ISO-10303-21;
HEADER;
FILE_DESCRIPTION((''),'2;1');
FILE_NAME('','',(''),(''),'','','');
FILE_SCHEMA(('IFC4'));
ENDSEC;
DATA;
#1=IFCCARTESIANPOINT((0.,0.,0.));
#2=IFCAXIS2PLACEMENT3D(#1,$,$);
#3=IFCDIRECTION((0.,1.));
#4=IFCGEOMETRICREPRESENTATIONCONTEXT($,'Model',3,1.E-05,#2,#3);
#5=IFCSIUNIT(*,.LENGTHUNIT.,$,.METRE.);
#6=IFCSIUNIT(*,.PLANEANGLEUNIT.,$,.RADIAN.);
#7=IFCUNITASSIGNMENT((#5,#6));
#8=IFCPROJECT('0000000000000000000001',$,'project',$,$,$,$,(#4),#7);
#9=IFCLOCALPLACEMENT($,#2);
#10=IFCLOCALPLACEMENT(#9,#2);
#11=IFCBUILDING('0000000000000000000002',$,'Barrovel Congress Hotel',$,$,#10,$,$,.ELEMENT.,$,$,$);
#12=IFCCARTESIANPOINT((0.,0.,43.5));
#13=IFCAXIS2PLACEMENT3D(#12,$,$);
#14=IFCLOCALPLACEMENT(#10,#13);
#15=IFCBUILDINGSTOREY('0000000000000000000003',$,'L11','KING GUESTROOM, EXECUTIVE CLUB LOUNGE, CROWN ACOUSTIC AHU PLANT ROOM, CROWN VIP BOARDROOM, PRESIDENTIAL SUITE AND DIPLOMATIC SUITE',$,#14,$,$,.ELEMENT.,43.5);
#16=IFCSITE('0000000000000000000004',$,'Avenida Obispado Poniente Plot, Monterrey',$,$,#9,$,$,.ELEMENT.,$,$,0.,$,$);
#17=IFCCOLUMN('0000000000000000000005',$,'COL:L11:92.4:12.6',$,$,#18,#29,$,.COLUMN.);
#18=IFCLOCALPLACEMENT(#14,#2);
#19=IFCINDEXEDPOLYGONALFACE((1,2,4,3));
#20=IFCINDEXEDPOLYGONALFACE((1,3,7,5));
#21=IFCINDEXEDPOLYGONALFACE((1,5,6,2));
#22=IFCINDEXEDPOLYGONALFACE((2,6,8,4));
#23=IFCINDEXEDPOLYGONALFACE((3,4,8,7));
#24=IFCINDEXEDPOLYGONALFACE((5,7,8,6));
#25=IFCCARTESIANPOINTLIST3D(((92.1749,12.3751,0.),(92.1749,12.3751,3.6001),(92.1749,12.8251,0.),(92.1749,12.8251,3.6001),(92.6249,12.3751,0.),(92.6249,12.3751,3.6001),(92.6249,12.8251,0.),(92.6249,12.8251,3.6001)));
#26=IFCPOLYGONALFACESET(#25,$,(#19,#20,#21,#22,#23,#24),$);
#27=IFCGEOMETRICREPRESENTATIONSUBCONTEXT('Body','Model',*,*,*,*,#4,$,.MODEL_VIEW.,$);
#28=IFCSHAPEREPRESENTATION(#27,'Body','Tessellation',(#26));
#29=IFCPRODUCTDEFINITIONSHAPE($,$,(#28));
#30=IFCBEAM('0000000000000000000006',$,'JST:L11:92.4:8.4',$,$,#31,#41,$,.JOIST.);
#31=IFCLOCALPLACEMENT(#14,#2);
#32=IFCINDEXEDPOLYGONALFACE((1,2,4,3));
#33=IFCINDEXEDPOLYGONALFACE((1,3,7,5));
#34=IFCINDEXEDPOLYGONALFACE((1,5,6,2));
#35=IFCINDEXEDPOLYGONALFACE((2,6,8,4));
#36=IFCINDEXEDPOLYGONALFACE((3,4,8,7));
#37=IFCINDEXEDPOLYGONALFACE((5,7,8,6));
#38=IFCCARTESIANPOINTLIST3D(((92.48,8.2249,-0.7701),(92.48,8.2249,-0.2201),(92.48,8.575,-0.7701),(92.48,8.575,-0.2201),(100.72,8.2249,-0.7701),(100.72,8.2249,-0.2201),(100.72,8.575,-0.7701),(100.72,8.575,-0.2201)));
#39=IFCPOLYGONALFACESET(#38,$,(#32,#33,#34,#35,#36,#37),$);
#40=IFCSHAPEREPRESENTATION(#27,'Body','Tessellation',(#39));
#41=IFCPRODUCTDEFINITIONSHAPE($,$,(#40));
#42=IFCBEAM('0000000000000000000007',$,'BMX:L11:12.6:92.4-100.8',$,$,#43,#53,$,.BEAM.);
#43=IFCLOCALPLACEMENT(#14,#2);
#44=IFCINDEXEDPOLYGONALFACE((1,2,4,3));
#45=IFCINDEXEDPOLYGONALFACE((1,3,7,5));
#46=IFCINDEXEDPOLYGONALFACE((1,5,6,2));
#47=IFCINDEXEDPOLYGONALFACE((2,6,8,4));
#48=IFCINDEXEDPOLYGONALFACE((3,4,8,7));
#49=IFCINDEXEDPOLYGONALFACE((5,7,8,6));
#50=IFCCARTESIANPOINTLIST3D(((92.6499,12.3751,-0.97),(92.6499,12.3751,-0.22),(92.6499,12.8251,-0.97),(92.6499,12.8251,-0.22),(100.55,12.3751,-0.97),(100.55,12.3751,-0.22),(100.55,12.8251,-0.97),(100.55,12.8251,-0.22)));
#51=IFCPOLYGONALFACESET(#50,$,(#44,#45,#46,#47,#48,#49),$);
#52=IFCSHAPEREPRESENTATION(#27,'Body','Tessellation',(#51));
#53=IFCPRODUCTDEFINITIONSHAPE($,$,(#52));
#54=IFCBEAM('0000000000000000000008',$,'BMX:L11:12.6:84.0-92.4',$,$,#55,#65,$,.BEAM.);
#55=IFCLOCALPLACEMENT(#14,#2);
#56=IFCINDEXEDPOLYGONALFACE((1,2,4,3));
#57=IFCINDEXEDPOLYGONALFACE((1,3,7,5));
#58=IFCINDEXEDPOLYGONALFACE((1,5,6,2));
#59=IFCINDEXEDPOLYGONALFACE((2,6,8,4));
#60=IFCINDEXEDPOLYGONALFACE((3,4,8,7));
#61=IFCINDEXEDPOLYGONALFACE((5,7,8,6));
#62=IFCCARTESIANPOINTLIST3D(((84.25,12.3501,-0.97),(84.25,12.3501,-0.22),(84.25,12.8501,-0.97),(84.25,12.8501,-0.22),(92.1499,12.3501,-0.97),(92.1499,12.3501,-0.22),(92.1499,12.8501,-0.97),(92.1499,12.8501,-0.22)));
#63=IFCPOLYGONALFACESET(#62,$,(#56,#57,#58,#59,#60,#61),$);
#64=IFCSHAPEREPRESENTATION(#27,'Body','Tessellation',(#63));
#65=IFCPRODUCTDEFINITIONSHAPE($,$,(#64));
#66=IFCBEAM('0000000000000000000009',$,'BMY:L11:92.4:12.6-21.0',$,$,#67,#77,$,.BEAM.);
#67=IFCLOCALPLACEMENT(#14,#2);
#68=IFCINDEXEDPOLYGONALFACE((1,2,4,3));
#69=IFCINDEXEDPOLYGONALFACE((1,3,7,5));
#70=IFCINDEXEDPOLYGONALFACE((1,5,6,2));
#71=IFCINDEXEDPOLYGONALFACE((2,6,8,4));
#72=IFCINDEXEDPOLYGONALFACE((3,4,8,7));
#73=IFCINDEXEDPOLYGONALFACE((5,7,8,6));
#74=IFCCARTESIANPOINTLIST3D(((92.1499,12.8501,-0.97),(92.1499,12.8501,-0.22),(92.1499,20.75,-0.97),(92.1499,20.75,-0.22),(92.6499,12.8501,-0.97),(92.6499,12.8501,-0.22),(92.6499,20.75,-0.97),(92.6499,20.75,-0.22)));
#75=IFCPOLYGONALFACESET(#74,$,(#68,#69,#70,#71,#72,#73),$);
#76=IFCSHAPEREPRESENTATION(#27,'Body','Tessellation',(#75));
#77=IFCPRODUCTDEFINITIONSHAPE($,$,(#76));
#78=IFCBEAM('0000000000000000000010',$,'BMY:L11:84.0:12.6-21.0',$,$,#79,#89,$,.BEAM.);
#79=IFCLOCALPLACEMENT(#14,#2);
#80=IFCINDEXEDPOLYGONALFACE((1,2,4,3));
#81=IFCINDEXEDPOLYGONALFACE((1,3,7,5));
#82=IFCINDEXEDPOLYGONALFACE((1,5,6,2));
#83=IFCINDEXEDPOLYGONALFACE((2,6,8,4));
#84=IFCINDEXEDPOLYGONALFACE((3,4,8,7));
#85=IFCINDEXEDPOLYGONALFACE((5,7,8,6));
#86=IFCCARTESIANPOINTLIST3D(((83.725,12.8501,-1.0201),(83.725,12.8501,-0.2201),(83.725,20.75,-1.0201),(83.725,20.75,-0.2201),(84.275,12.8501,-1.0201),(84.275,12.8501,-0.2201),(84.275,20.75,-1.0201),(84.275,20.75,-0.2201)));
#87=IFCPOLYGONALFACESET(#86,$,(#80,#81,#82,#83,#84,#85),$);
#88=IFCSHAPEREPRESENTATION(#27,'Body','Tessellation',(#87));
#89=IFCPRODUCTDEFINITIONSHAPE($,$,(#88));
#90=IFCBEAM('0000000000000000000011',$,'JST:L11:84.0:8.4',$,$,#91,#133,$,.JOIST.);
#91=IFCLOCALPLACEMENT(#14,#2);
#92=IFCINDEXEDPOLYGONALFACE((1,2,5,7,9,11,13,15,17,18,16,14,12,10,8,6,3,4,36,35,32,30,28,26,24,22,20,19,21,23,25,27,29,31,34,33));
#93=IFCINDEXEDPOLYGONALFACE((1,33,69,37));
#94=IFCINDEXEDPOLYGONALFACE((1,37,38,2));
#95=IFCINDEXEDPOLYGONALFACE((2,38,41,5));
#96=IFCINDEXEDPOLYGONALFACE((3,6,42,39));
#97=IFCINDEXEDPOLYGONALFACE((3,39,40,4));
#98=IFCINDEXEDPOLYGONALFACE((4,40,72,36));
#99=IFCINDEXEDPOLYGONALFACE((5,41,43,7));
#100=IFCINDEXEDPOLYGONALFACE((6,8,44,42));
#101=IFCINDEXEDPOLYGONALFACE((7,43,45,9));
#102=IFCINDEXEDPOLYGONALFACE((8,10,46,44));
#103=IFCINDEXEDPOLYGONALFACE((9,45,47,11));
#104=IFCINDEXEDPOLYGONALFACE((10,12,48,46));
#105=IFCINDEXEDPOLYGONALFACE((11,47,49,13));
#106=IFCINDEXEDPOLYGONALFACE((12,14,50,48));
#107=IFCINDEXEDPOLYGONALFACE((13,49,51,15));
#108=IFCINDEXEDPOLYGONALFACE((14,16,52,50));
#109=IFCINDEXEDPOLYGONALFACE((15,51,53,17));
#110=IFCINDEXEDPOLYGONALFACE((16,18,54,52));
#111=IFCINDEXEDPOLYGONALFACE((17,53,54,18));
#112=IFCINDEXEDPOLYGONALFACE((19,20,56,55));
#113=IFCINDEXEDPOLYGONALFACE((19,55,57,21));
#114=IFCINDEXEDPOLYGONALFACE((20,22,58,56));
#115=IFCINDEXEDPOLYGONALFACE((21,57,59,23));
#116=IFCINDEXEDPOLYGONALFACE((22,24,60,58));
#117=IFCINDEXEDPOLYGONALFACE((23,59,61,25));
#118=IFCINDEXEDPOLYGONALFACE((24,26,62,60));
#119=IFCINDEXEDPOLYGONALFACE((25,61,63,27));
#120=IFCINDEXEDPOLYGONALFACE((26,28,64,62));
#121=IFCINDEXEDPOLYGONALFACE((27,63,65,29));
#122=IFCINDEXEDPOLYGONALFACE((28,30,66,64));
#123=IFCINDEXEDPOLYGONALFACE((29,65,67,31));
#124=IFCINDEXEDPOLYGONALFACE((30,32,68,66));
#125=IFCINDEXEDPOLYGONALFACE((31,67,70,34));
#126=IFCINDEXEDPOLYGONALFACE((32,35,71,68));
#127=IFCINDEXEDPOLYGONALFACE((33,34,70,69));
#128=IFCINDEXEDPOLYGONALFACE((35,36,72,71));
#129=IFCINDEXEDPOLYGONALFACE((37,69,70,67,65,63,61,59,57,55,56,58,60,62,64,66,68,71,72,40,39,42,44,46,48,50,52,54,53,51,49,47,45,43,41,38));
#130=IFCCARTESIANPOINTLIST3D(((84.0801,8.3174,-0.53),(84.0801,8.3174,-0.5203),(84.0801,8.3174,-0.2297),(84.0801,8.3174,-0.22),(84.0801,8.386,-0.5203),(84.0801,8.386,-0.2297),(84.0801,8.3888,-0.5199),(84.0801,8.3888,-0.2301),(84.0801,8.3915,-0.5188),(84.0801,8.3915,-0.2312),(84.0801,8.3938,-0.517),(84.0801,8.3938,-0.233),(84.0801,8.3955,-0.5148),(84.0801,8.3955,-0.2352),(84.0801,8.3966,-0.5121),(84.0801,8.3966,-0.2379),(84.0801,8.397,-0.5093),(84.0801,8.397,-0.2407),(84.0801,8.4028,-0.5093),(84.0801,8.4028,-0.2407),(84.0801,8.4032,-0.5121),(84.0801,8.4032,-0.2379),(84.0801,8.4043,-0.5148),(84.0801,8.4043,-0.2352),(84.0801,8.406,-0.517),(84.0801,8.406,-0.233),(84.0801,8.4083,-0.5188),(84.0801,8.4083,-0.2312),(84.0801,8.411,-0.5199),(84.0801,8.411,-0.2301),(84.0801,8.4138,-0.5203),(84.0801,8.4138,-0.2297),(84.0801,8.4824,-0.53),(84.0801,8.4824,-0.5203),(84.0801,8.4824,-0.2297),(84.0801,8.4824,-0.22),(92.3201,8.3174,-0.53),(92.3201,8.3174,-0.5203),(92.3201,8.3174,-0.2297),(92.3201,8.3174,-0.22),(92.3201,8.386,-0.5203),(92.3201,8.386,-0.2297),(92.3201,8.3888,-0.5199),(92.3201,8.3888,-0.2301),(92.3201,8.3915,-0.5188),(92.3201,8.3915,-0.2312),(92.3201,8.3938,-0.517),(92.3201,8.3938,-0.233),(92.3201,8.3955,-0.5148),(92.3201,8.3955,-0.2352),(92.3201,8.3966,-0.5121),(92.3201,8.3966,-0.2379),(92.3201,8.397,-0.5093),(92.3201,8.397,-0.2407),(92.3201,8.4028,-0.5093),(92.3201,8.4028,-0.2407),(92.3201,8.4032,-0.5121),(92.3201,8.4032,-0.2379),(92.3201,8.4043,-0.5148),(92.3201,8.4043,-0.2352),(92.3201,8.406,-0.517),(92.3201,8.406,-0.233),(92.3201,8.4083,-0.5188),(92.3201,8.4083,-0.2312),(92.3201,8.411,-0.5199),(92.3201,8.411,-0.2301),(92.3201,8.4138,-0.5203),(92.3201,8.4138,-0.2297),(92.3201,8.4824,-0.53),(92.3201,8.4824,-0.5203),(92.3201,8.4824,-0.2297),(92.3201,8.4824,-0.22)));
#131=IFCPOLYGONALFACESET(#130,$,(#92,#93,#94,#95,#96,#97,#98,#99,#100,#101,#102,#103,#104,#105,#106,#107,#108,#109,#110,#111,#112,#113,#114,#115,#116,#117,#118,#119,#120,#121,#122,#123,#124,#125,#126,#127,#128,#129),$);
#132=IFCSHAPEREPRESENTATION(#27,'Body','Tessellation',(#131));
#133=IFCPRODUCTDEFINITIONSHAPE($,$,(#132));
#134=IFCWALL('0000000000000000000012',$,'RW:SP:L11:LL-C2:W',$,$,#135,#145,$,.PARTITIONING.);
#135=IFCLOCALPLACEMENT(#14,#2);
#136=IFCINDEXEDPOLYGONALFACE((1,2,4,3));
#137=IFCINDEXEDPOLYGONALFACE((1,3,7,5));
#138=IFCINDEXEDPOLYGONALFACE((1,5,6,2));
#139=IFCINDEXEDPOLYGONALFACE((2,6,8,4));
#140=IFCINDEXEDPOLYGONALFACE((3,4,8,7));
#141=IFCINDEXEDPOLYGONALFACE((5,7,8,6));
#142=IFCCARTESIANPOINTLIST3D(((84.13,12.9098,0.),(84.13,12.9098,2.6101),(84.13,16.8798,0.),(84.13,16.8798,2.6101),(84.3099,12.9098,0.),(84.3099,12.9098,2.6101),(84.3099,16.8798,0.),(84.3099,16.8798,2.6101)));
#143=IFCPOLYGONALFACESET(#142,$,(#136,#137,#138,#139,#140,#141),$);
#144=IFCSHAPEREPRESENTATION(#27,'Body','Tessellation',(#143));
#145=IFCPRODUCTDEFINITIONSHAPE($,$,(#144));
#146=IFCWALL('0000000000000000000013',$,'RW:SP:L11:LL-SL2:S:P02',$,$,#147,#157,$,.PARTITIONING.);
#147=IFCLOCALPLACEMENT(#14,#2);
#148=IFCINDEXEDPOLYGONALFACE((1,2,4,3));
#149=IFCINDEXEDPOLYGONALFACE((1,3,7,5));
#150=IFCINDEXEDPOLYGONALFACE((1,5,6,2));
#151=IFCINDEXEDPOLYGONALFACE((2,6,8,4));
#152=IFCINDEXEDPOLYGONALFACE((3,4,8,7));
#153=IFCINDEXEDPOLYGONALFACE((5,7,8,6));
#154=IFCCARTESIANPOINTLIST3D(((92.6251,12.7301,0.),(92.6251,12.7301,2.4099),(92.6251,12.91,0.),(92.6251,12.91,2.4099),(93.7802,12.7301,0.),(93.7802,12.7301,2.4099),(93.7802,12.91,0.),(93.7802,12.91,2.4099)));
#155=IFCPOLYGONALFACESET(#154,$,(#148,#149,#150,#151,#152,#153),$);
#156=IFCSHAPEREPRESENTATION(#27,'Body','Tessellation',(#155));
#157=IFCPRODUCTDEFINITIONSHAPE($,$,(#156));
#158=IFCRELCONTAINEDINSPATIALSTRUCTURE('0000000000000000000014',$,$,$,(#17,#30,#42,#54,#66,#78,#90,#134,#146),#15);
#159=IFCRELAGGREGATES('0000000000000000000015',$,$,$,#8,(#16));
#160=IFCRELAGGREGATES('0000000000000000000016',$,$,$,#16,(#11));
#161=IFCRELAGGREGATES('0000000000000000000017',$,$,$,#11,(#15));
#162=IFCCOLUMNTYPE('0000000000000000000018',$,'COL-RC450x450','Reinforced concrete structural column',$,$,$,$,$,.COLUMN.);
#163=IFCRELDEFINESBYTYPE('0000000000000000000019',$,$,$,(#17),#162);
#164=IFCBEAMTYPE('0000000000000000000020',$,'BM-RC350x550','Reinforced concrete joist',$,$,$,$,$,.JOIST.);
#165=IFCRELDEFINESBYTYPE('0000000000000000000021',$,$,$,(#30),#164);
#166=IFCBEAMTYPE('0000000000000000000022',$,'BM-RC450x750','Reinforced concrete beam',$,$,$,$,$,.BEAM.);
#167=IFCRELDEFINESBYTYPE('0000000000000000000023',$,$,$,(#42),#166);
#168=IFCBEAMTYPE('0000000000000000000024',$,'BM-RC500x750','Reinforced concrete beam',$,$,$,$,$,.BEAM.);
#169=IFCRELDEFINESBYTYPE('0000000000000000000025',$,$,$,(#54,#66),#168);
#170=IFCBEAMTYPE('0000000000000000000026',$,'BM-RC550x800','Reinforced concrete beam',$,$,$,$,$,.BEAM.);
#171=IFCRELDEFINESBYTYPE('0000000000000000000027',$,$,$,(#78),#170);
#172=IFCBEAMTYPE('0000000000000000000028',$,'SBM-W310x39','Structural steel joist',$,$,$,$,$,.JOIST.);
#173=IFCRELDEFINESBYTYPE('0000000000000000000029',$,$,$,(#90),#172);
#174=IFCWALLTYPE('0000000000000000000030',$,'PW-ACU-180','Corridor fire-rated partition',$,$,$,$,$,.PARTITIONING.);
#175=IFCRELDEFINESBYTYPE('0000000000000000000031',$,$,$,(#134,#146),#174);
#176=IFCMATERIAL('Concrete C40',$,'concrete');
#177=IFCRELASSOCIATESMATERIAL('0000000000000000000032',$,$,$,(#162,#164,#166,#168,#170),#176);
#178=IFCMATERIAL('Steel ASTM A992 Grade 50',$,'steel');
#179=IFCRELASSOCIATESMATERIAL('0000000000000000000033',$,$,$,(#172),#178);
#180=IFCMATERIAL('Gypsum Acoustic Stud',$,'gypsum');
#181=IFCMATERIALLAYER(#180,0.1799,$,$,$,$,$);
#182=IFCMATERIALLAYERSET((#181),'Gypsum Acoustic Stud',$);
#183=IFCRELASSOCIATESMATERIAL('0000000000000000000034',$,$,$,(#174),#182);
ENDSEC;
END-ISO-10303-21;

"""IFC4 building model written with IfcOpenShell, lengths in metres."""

from ifc_helpers import new_model, si_unit, direction, frame, frame_2d, origin, origin_2d, place, context, subcontext, project, spatial, rectangle, i_section, extrude, material, layer, layer_set, material_profile, profile_set, type_object, element, save


model = new_model("IFC4")

# Units and contexts
model_context = context("Model", 3, precision=1e-05, world=origin(), true_north=direction((0.0, 1.0)))
body_context = subcontext(model_context, "Body", "Model", "MODEL_VIEW")
ifc_project = project(units=[si_unit("LENGTHUNIT", "METRE"), si_unit("PLANEANGLEUNIT", "RADIAN")], contexts=[model_context])

# Site, building, storey
site_placement = place(None, origin())
site = spatial("IfcSite", under=ifc_project, at=site_placement, Name="Avenida Obispado Poniente Plot, Monterrey", CompositionType="ELEMENT", RefElevation=0.0)
building_placement = place(site_placement, origin())
building = spatial("IfcBuilding", under=site, at=building_placement, Name="Barrovel Congress Hotel", CompositionType="ELEMENT")
storey_placement = place(building_placement, frame((0.0, 0.0, 43.5)))
storey = spatial("IfcBuildingStorey", under=building, at=storey_placement, Name="L11", Description="KING GUESTROOM, EXECUTIVE CLUB LOUNGE, CROWN ACOUSTIC AHU PLANT ROOM, CROWN VIP BOARDROOM, PRESIDENTIAL SUITE AND DIPLOMATIC SUITE", CompositionType="ELEMENT", Elevation=43.5)

# Column
ifc_material_1 = material(Name="Concrete C40", Category="concrete")
ifc_material_profile_1 = material_profile(ifc_material_1, rectangle(XDim=0.45, YDim=0.45, at=origin_2d()), Name="RC450x450")
ifc_profile_set_1 = profile_set([ifc_material_profile_1], Name="Concrete C40")
column_type = type_object("IfcColumnType", Name="COL-RC450x450", Description="Reinforced concrete structural column", PredefinedType="COLUMN", material=ifc_profile_set_1)
column_placement = place(storey_placement, frame((92.3999, 12.6001, 0.0), z_axis=(0.0, 0.0, 1.0), x_axis=(1.0, 0.0, 0.0)))
element("IfcColumn", 1, at=column_placement, inside=storey, type_object=column_type, Name="COL:L11:92.4:12.6", PredefinedType="COLUMN", context=body_context, shape_type="SweptSolid", body=[
    extrude(rectangle(XDim=0.45, YDim=0.45, at=origin_2d()), origin(), (0.0, 0.0, 1.0), 3.6001),
])

# Beams
ifc_material_profile_2 = material_profile(ifc_material_1, rectangle(XDim=0.3501, YDim=0.55, at=origin_2d()), Name="RC350x550")
ifc_profile_set_2 = profile_set([ifc_material_profile_2], Name="Concrete C40")
beam_type_1 = type_object("IfcBeamType", Name="BM-RC350x550", Description="Reinforced concrete joist", PredefinedType="JOIST", material=ifc_profile_set_2)
beam_1_placement = place(storey_placement, frame((92.48, 8.3999, -0.4951), z_axis=(1.0, 0.0, 0.0), x_axis=(0.0, 1.0, 0.0)))
element("IfcBeam", 2, at=beam_1_placement, inside=storey, type_object=beam_type_1, Name="JST:L11:92.4:8.4", PredefinedType="JOIST", context=body_context, shape_type="SweptSolid", body=[
    extrude(rectangle(XDim=0.3501, YDim=0.55, at=origin_2d()), origin(), (0.0, 0.0, 1.0), 8.24),
])
ifc_material_profile_3 = material_profile(ifc_material_1, rectangle(XDim=0.45, YDim=0.75, at=origin_2d()), Name="RC450x750")
ifc_profile_set_3 = profile_set([ifc_material_profile_3], Name="Concrete C40")
beam_type_2 = type_object("IfcBeamType", Name="BM-RC450x750", Description="Reinforced concrete beam", PredefinedType="BEAM", material=ifc_profile_set_3)
beam_2_placement = place(storey_placement, frame((92.6499, 12.6001, -0.595), z_axis=(1.0, 0.0, 0.0), x_axis=(0.0, 1.0, 0.0)))
element("IfcBeam", 3, at=beam_2_placement, inside=storey, type_object=beam_type_2, Name="BMX:L11:12.6:92.4-100.8", PredefinedType="BEAM", context=body_context, shape_type="SweptSolid", body=[
    extrude(rectangle(XDim=0.45, YDim=0.75, at=origin_2d()), origin(), (0.0, 0.0, 1.0), 7.9001),
])
ifc_material_profile_4 = material_profile(ifc_material_1, rectangle(XDim=0.5, YDim=0.75, at=origin_2d()), Name="RC500x750")
ifc_profile_set_4 = profile_set([ifc_material_profile_4], Name="Concrete C40")
beam_type_3 = type_object("IfcBeamType", Name="BM-RC500x750", Description="Reinforced concrete beam", PredefinedType="BEAM", material=ifc_profile_set_4)
for number, where, z_axis, x_axis, name in (
    (4, (84.25, 12.6001, -0.595), (1.0, 0.0, 0.0), (0.0, 1.0, 0.0), "BMX:L11:12.6:84.0-92.4"),
    (5, (92.3999, 12.8501, -0.595), (0.0, 1.0, 0.0), (-1.0, 0.0, 0.0), "BMY:L11:92.4:12.6-21.0"),
):
    element("IfcBeam", number, at=place(storey_placement, frame(where, z_axis=z_axis, x_axis=x_axis)), inside=storey, type_object=beam_type_3, Name=name, PredefinedType="BEAM", context=body_context, shape_type="SweptSolid", body=[
        extrude(rectangle(XDim=0.5, YDim=0.75, at=origin_2d()), origin(), (0.0, 0.0, 1.0), 7.8999),
    ])
ifc_material_profile_5 = material_profile(ifc_material_1, rectangle(XDim=0.55, YDim=0.8, at=origin_2d()), Name="RC550x800")
ifc_profile_set_5 = profile_set([ifc_material_profile_5], Name="Concrete C40")
beam_type_4 = type_object("IfcBeamType", Name="BM-RC550x800", Description="Reinforced concrete beam", PredefinedType="BEAM", material=ifc_profile_set_5)
beam_3_placement = place(storey_placement, frame((84.0, 12.8501, -0.6201), z_axis=(0.0, 1.0, 0.0), x_axis=(-1.0, 0.0, 0.0)))
element("IfcBeam", 6, at=beam_3_placement, inside=storey, type_object=beam_type_4, Name="BMY:L11:84.0:12.6-21.0", PredefinedType="BEAM", context=body_context, shape_type="SweptSolid", body=[
    extrude(rectangle(XDim=0.55, YDim=0.8, at=origin_2d()), origin(), (0.0, 0.0, 1.0), 7.8999),
])
ifc_material_2 = material(Name="Steel ASTM A992 Grade 50", Category="steel")
ifc_material_profile_6 = material_profile(ifc_material_2, i_section(OverallWidth=0.165, OverallDepth=0.3101, WebThickness=0.0059, FlangeThickness=0.0098, FilletRadius=0.011, at=origin_2d()), Name="W310x39")
ifc_profile_set_6 = profile_set([ifc_material_profile_6], Name="Steel ASTM A992 Grade 50")
beam_type_5 = type_object("IfcBeamType", Name="SBM-W310x39", Description="Structural steel joist", PredefinedType="JOIST", material=ifc_profile_set_6)
beam_4_placement = place(storey_placement, frame((84.0801, 8.3999, -0.375), z_axis=(1.0, 0.0, 0.0), x_axis=(0.0, 1.0, 0.0)))
element("IfcBeam", 7, at=beam_4_placement, inside=storey, type_object=beam_type_5, Name="JST:L11:84.0:8.4", PredefinedType="JOIST", context=body_context, shape_type="SweptSolid", body=[
    extrude(i_section(OverallWidth=0.165, OverallDepth=0.3101, WebThickness=0.0059, FlangeThickness=0.0098, FilletRadius=0.011, at=origin_2d()), origin(), (0.0, 0.0, 1.0), 8.24),
])

# Shared definitions
ifc_material_3 = material(Name="Gypsum Acoustic Stud", Category="gypsum")
ifc_layer_1 = layer(ifc_material_3, 0.1799)
ifc_layer_set_1 = layer_set([ifc_layer_1], Name="Gypsum Acoustic Stud")
wall_type_1 = type_object("IfcWallType", Name="PW-ACU-180", Description="Corridor fire-rated partition", PredefinedType="PARTITIONING", material=ifc_layer_set_1)

# Wall
wall_1_placement = place(storey_placement, frame((84.22, 12.9099, 0.0), z_axis=(0.0, 0.0, 1.0), x_axis=(0.0, 1.0, 0.0)))
element("IfcWall", 8, at=wall_1_placement, inside=storey, type_object=wall_type_1, Name="RW:SP:L11:LL-C2:W", PredefinedType="PARTITIONING", context=body_context, shape_type="SweptSolid", body=[
    extrude(rectangle(XDim=3.97, YDim=0.1799, at=frame_2d((1.9849, 0.0))), origin(), (0.0, 0.0, 1.0), 2.6101),
])

# Wall
wall_2_placement = place(storey_placement, frame((92.625, 12.8201, 0.0), z_axis=(0.0, 0.0, 1.0), x_axis=(1.0, 0.0, 0.0)))
element("IfcWall", 9, at=wall_2_placement, inside=storey, type_object=wall_type_1, Name="RW:SP:L11:LL-SL2:S:P02", PredefinedType="PARTITIONING", context=body_context, shape_type="SweptSolid", body=[
    extrude(rectangle(XDim=1.155, YDim=0.1799, at=frame_2d((0.5776, 0.0))), origin(), (0.0, 0.0, 1.0), 2.4099),
])

save(model, "model.ifc")
